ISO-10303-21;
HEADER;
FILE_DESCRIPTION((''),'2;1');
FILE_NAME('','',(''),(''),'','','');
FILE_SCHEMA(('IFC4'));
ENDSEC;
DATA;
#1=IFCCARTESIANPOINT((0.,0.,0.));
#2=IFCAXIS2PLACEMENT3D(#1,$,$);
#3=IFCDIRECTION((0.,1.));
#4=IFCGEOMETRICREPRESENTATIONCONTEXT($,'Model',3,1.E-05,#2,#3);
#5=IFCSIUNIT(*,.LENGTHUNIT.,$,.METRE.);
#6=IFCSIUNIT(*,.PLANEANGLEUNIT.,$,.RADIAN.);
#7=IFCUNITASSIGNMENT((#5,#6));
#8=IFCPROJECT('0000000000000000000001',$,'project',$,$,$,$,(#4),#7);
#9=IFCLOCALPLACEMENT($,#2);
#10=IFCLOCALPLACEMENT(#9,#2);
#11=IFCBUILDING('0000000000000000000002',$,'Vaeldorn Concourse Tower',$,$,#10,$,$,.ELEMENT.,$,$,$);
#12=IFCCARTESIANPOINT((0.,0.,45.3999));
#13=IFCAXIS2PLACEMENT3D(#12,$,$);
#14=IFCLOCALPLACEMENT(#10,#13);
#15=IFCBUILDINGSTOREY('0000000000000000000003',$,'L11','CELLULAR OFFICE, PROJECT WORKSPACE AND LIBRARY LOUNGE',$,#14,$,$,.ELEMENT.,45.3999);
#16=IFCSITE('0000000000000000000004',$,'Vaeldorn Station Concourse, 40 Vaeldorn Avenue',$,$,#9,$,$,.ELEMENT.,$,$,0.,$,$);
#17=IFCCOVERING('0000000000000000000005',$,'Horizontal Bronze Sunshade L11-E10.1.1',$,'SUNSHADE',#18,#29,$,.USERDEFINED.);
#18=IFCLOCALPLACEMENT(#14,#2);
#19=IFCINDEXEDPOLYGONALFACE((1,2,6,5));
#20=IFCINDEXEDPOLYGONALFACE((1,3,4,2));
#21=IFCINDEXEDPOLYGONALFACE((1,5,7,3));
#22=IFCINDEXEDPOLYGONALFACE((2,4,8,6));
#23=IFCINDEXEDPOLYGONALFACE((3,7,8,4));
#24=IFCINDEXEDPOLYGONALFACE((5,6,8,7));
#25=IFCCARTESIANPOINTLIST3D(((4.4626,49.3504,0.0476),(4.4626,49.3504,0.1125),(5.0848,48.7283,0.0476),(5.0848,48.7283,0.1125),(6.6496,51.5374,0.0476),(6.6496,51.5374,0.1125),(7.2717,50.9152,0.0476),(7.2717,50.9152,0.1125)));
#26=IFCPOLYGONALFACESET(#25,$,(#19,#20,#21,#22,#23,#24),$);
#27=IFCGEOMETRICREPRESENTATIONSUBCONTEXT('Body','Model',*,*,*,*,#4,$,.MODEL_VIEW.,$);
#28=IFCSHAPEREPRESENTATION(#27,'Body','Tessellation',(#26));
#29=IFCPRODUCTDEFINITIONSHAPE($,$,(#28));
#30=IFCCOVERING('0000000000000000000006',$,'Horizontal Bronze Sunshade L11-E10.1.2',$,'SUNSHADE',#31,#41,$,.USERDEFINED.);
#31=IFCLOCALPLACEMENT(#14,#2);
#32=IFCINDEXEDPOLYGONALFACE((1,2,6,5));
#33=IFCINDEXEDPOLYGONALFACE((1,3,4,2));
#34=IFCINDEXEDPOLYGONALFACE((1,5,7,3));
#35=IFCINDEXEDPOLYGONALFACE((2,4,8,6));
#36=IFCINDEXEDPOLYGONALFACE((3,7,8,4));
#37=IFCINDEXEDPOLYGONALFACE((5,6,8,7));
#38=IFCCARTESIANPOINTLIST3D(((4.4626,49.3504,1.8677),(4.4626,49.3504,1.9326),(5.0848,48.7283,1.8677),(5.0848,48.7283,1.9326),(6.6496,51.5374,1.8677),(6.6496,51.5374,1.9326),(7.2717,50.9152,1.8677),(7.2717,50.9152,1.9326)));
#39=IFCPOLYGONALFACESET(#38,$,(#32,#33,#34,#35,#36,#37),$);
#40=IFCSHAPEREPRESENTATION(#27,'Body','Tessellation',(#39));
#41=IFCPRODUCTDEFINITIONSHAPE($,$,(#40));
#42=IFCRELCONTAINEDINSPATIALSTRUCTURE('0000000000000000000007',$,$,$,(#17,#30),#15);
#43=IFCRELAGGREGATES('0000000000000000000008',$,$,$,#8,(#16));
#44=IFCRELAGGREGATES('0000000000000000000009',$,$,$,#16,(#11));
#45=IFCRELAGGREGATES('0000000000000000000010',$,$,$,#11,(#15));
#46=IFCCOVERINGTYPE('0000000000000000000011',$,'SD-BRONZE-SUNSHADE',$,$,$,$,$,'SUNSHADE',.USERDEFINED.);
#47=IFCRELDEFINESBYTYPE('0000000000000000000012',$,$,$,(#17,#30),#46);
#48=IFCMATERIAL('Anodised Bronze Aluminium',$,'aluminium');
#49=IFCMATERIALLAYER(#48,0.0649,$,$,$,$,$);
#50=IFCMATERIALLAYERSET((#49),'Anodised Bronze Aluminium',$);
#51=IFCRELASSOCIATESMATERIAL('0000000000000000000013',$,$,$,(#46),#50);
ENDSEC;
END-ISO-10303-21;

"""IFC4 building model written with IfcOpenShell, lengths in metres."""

from ifc_helpers import new_model, si_unit, direction, frame, origin, origin_2d, place, context, subcontext, project, spatial, rectangle, extrude, source, transform, mapped, material, layer, layer_set, type_object, element, save


model = new_model("IFC4")

# Units and contexts
model_context = context("Model", 3, precision=1e-05, world=origin(), true_north=direction((0.0, 1.0)))
body_context = subcontext(model_context, "Body", "Model", "MODEL_VIEW")
ifc_project = project(units=[si_unit("LENGTHUNIT", "METRE"), si_unit("PLANEANGLEUNIT", "RADIAN")], contexts=[model_context])

# Site, building, storey
site_placement = place(None, origin())
site = spatial("IfcSite", under=ifc_project, at=site_placement, Name="Vaeldorn Station Concourse, 40 Vaeldorn Avenue", CompositionType="ELEMENT", RefElevation=0.0)
building_placement = place(site_placement, origin())
building = spatial("IfcBuilding", under=site, at=building_placement, Name="Vaeldorn Concourse Tower", CompositionType="ELEMENT")
storey_placement = place(building_placement, frame((0.0, 0.0, 45.3999)))
storey = spatial("IfcBuildingStorey", under=building, at=storey_placement, Name="L11", Description="CELLULAR OFFICE, PROJECT WORKSPACE AND LIBRARY LOUNGE", CompositionType="ELEMENT", Elevation=45.3999)

# Shared definitions
ifc_material_1 = material(Name="Anodised Bronze Aluminium", Category="aluminium")

# Coverings
ifc_layer_1 = layer(ifc_material_1, 0.0649)
ifc_layer_set_1 = layer_set([ifc_layer_1], Name="Anodised Bronze Aluminium")
covering_type = type_object("IfcCoveringType", Name="SD-BRONZE-SUNSHADE", ElementType="SUNSHADE", PredefinedType="USERDEFINED", material=ifc_layer_set_1)
shared_shape_1 = source(origin(), body_context, "Body", "SweptSolid", [
    extrude(rectangle(XDim=3.0928, YDim=0.8799, at=origin_2d()), origin(), (0.0, 0.0, 1.0), 0.0649),
])
for number, where, z_axis, x_axis, name in (
    (1, (5.8672, 50.1328, 0.0476), (0.0, 0.0, 1.0), (-0.707107, -0.707107, 0.0), "Horizontal Bronze Sunshade L11-E10.1.1"),
    (2, (5.8672, 50.1328, 1.8677), (0.0, 0.0, 1.0), (-0.707107, -0.707107, 0.0), "Horizontal Bronze Sunshade L11-E10.1.2"),
):
    element("IfcCovering", number, at=place(storey_placement, frame(where, z_axis=z_axis, x_axis=x_axis)), inside=storey, type_object=covering_type, Name=name, ObjectType="SUNSHADE", PredefinedType="USERDEFINED", context=body_context, shape_type="MappedRepresentation", body=[
        mapped(shared_shape_1, transform((0.0, 0.0, 0.0), scale=1.0)),
    ])

save(model, "model.ifc")
